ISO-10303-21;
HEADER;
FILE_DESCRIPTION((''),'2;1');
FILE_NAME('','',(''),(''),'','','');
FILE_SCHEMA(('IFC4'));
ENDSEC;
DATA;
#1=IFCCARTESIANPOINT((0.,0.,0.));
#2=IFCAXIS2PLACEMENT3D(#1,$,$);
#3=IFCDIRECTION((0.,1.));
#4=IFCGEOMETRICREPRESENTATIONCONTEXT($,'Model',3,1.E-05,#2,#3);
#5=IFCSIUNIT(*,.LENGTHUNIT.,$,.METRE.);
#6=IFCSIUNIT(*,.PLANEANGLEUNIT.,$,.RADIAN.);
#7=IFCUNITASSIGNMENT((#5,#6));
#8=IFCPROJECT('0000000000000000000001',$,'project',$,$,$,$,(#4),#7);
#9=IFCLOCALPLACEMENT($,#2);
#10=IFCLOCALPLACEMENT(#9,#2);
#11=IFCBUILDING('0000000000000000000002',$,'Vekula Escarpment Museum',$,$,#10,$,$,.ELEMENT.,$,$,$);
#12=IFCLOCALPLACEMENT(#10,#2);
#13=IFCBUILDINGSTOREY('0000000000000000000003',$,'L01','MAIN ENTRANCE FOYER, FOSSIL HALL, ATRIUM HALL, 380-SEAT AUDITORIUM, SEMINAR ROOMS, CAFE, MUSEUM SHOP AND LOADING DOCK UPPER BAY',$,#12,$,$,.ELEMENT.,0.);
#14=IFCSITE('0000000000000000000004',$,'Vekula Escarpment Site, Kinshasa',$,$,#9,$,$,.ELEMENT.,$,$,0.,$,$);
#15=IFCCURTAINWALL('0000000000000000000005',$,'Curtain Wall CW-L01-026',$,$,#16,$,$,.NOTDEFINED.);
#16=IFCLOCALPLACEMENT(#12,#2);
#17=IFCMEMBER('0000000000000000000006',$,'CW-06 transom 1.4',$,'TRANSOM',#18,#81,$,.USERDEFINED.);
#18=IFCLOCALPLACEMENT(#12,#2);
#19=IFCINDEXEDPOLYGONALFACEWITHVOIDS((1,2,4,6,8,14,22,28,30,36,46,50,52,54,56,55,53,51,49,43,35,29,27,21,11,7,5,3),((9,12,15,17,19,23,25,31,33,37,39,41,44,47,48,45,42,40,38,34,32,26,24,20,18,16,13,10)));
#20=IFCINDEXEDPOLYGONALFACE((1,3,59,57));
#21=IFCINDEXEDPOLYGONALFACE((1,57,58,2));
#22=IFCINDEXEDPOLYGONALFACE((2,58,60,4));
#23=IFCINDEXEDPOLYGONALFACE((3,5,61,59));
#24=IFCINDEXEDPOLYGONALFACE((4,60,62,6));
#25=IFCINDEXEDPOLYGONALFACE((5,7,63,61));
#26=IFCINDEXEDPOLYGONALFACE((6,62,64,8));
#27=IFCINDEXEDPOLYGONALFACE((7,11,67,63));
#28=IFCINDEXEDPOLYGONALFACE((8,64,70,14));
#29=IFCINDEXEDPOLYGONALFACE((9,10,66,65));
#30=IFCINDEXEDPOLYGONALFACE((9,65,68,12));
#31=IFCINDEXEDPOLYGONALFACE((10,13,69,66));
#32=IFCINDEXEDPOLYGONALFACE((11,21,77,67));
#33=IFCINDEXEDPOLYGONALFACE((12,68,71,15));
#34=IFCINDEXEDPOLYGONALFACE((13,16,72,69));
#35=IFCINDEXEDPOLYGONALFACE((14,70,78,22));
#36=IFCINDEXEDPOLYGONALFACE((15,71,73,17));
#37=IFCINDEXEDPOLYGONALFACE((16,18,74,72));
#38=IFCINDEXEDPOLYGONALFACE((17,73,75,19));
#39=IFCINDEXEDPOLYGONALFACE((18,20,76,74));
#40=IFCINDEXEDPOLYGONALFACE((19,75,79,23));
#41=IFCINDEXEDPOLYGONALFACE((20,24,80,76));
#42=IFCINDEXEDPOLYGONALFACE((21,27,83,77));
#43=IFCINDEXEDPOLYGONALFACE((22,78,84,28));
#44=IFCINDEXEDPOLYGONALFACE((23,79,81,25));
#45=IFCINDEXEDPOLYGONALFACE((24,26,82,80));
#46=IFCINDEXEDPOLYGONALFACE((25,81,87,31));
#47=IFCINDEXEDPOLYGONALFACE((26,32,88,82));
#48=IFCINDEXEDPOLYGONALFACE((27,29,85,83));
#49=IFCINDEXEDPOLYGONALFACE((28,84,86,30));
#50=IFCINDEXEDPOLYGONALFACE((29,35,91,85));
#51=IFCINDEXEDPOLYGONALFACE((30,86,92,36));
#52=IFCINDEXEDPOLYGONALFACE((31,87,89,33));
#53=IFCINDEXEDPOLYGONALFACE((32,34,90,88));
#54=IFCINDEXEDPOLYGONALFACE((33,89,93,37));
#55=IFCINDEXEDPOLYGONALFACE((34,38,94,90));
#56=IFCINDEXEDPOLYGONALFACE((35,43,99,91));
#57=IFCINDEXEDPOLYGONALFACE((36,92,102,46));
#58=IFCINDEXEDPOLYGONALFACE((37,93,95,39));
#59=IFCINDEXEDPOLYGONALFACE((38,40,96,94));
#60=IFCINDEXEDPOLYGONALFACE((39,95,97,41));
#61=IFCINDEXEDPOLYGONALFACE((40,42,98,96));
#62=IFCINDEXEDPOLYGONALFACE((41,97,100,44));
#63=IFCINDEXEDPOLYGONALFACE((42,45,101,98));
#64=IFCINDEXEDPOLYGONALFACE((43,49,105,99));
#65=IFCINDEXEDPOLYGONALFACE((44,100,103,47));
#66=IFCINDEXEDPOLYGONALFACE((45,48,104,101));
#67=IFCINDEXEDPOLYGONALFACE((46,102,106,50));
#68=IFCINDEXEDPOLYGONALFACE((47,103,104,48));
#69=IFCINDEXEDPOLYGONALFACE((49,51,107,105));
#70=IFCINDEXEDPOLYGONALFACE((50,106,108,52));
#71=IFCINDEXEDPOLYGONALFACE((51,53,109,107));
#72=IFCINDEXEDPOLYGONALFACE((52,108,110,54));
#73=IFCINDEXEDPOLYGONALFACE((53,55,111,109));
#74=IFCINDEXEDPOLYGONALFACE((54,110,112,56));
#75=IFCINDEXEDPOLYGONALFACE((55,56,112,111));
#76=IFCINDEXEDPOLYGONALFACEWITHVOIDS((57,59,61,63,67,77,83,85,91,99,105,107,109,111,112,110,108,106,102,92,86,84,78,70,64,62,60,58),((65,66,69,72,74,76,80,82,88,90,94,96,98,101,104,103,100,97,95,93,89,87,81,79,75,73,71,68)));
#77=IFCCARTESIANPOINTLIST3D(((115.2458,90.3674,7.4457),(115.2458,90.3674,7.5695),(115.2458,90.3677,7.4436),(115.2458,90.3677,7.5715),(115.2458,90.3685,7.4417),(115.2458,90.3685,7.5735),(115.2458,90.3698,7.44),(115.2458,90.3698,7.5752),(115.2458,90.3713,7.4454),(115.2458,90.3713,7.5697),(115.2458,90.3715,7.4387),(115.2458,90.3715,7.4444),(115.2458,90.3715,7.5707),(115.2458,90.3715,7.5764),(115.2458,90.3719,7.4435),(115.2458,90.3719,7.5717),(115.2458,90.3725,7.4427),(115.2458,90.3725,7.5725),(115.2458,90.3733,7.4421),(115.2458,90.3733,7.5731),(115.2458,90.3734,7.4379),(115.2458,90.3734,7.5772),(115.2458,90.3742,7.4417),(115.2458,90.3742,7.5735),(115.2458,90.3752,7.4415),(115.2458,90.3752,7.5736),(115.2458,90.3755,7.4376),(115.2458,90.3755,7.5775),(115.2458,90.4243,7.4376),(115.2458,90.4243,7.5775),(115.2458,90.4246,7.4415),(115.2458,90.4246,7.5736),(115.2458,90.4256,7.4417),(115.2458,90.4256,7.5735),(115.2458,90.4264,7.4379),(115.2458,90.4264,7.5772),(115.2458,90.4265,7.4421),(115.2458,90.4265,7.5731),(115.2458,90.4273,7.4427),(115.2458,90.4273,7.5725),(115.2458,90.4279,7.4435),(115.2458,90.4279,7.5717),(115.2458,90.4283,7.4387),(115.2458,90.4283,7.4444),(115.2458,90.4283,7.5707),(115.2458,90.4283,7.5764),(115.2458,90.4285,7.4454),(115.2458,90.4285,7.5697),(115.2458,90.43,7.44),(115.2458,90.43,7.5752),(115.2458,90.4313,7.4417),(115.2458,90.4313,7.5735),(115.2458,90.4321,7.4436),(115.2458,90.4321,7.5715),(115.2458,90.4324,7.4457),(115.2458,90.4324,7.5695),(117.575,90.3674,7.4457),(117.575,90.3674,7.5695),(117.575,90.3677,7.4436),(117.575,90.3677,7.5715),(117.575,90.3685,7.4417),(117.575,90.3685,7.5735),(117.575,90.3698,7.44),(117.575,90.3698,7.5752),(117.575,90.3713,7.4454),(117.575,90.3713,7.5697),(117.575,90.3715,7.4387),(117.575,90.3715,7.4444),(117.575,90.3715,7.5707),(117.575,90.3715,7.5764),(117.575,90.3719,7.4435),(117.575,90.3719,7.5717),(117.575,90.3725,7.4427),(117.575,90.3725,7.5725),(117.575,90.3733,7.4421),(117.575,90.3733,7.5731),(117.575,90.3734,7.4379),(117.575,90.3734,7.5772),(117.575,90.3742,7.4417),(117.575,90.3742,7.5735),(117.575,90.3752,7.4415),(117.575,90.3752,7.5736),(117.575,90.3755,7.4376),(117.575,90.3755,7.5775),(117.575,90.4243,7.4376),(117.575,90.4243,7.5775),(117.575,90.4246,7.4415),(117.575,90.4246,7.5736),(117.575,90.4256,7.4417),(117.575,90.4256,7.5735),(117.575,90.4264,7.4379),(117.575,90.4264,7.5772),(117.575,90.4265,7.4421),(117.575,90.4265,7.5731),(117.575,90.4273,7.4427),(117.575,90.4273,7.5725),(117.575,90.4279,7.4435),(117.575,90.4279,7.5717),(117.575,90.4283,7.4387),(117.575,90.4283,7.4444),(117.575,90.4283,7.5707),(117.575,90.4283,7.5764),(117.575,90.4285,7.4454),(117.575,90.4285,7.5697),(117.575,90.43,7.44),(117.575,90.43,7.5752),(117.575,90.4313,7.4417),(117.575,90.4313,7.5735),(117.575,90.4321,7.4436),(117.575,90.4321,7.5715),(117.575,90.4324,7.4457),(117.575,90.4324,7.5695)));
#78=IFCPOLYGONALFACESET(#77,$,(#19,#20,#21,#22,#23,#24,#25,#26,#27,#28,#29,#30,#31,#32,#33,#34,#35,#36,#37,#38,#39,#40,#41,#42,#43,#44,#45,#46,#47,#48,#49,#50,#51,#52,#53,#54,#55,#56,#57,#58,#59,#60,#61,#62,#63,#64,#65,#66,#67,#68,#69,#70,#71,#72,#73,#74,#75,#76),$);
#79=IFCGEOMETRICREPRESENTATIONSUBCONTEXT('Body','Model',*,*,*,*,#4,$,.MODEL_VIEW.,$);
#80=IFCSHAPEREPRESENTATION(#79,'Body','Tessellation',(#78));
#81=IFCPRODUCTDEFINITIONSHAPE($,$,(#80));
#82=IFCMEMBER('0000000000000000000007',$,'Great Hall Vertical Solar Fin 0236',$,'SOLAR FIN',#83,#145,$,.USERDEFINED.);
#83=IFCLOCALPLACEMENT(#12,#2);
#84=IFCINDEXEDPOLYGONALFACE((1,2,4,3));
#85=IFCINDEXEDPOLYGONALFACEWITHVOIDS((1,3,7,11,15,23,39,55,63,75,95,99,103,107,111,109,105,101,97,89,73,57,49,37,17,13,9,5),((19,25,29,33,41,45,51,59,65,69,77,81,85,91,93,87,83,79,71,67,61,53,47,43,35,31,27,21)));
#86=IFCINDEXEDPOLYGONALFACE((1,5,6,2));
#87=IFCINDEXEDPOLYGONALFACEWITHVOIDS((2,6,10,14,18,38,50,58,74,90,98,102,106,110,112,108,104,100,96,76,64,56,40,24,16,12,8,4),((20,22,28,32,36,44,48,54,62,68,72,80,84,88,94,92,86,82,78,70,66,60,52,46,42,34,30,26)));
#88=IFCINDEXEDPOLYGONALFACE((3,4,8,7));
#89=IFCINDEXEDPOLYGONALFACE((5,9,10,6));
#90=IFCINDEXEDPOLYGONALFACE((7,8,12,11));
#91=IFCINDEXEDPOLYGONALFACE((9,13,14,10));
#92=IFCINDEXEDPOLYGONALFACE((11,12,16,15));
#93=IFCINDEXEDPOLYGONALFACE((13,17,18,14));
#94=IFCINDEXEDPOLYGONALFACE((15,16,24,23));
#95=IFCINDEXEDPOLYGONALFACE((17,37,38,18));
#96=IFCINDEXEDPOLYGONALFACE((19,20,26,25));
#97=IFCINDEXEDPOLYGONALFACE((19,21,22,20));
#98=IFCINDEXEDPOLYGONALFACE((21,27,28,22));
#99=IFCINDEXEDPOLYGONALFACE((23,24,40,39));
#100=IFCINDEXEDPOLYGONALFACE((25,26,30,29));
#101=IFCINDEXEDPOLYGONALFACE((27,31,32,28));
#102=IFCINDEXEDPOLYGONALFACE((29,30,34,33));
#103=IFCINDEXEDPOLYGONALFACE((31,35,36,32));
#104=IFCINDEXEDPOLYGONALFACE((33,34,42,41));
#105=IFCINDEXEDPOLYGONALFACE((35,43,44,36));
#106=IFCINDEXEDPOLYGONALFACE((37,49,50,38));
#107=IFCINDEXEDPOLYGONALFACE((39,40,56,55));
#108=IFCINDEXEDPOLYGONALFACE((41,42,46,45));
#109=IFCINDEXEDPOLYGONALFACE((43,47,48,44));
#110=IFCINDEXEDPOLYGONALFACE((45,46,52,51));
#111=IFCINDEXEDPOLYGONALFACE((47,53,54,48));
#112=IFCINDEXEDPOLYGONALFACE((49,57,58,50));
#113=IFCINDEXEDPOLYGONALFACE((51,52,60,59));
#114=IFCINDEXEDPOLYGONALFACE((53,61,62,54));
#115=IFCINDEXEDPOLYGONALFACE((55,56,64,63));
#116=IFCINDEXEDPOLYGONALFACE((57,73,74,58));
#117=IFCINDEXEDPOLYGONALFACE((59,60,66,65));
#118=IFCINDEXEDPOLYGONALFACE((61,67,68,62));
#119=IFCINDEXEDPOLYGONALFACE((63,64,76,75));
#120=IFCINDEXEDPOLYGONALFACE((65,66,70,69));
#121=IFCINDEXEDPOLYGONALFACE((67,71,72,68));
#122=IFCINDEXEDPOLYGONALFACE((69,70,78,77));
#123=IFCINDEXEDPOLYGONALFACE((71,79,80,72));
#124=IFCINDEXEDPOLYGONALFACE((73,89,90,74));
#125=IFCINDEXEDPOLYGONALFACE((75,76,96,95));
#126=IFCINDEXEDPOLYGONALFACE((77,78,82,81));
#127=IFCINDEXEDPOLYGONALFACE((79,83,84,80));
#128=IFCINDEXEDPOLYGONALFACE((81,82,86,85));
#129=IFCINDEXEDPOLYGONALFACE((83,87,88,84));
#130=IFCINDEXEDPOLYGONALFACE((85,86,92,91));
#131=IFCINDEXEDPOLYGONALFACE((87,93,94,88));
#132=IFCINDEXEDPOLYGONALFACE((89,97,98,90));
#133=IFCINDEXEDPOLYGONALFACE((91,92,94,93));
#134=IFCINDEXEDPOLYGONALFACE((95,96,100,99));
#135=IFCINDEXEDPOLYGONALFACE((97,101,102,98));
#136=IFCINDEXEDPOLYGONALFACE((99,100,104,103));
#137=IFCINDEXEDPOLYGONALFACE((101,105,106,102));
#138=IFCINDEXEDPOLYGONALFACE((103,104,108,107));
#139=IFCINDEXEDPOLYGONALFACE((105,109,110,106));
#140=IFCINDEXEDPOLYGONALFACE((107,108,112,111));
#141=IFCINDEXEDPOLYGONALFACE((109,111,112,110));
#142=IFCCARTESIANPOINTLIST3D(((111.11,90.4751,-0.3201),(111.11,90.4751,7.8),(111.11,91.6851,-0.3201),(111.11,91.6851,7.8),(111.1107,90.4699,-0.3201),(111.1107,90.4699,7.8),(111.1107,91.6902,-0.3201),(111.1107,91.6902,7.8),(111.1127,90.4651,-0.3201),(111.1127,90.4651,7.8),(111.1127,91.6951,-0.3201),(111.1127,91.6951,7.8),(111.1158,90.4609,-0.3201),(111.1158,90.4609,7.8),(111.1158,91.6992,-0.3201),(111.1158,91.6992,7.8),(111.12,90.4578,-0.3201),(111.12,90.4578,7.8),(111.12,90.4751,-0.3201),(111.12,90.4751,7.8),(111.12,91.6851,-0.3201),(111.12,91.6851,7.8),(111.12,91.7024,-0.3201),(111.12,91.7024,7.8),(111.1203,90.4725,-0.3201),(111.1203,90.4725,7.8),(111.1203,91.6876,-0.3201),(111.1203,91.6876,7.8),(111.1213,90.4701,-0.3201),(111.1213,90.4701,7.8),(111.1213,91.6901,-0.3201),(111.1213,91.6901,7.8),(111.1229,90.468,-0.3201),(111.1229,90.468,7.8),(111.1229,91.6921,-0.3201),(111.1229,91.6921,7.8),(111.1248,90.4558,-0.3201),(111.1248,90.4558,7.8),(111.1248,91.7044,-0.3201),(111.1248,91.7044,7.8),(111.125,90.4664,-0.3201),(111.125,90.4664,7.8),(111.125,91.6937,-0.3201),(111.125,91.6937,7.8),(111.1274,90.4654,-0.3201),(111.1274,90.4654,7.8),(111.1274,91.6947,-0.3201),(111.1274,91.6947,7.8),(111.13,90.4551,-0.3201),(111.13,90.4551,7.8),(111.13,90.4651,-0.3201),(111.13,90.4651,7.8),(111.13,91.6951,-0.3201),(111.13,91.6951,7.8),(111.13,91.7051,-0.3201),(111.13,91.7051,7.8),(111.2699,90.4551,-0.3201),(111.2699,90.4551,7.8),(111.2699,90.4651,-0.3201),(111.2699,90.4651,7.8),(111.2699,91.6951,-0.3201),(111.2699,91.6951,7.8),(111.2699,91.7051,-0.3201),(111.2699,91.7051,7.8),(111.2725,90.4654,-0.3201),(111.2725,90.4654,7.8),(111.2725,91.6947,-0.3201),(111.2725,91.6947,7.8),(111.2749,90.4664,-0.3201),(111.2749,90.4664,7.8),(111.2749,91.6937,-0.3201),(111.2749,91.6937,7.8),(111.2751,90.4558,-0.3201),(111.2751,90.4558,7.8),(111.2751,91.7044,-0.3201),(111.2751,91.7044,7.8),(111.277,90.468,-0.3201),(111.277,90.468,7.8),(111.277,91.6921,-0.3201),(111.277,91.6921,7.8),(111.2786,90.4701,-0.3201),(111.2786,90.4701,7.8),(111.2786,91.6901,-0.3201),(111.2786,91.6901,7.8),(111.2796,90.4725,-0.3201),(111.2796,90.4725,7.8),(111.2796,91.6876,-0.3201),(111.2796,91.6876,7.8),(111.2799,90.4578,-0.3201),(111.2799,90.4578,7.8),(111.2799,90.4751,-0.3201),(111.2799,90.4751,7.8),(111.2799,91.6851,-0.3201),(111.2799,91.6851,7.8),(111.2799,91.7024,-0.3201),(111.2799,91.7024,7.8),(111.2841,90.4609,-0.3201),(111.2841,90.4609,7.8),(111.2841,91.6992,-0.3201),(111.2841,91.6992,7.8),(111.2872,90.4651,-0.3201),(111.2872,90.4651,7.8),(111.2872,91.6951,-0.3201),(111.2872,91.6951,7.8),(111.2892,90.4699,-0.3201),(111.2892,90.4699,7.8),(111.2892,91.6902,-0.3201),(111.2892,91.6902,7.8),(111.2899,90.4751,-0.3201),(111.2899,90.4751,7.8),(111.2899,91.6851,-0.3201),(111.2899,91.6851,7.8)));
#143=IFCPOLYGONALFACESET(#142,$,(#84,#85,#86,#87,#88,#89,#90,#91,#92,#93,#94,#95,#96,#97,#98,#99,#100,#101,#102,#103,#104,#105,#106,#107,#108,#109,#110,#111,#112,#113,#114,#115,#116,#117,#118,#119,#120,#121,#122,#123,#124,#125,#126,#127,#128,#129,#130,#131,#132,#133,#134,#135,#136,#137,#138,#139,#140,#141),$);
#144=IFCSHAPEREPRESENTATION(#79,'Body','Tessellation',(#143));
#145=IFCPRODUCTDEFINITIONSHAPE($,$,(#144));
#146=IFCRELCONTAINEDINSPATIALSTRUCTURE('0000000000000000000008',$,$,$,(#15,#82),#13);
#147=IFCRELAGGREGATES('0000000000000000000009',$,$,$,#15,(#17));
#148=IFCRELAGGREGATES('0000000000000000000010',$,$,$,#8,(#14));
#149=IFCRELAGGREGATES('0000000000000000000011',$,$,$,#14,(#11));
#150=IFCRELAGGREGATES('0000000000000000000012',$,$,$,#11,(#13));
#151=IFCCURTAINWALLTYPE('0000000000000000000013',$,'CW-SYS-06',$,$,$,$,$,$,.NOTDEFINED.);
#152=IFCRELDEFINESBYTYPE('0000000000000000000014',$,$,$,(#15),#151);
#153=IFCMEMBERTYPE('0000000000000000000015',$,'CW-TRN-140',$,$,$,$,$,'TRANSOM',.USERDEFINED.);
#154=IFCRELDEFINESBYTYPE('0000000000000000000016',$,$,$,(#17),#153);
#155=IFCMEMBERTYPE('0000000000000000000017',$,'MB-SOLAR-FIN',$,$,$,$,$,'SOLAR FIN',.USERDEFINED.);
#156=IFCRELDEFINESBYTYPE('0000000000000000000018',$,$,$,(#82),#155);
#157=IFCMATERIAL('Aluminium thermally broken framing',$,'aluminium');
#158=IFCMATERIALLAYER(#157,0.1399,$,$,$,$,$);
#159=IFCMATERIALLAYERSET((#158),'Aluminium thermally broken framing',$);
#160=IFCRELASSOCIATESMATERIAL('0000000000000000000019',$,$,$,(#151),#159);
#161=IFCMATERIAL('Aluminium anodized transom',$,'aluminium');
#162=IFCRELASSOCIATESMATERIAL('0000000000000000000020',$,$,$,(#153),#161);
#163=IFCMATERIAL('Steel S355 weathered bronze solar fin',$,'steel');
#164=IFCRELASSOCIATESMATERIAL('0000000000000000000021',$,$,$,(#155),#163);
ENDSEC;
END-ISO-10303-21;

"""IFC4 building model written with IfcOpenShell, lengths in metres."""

from ifc_helpers import new_model, si_unit, direction, frame, origin, origin_2d, place, context, subcontext, project, spatial, hollow_rectangle, extrude, material, layer, layer_set, material_profile, profile_set, type_object, element, aggregate, save


model = new_model("IFC4")

# Units and contexts
model_context = context("Model", 3, precision=1e-05, world=origin(), true_north=direction((0.0, 1.0)))
body_context = subcontext(model_context, "Body", "Model", "MODEL_VIEW")
ifc_project = project(units=[si_unit("LENGTHUNIT", "METRE"), si_unit("PLANEANGLEUNIT", "RADIAN")], contexts=[model_context])

# Site, building, storey
site_placement = place(None, origin())
site = spatial("IfcSite", under=ifc_project, at=site_placement, Name="Vekula Escarpment Site, Kinshasa", CompositionType="ELEMENT", RefElevation=0.0)
building_placement = place(site_placement, origin())
building = spatial("IfcBuilding", under=site, at=building_placement, Name="Vekula Escarpment Museum", CompositionType="ELEMENT")
storey_placement = place(building_placement, origin())
storey = spatial("IfcBuildingStorey", under=building, at=storey_placement, Name="L01", Description="MAIN ENTRANCE FOYER, FOSSIL HALL, ATRIUM HALL, 380-SEAT AUDITORIUM, SEMINAR ROOMS, CAFE, MUSEUM SHOP AND LOADING DOCK UPPER BAY", CompositionType="ELEMENT", Elevation=0.0)

# Curtain wall
ifc_material_1 = material(Name="Aluminium thermally broken framing", Category="aluminium")
ifc_layer_1 = layer(ifc_material_1, 0.1399)
ifc_layer_set_1 = layer_set([ifc_layer_1], Name="Aluminium thermally broken framing")
curtain_wall_type_1 = type_object("IfcCurtainWallType", Name="CW-SYS-06", PredefinedType="NOTDEFINED", material=ifc_layer_set_1)
curtain_wall_1_placement = place(storey_placement, origin())
curtain_wall_1 = element("IfcCurtainWall", 1, at=curtain_wall_1_placement, inside=storey, type_object=curtain_wall_type_1, Name="Curtain Wall CW-L01-026", PredefinedType="NOTDEFINED")

# Member
ifc_material_2 = material(Name="Aluminium anodized transom", Category="aluminium")
ifc_material_profile_1 = material_profile(ifc_material_2, hollow_rectangle(XDim=0.0649, YDim=0.1399, WallThickness=0.0039, InnerFilletRadius=0.0039, OuterFilletRadius=0.0081, at=origin_2d()), Name="ALU 140x65x4")
ifc_profile_set_1 = profile_set([ifc_material_profile_1], Name="Aluminium anodized transom")
member_type_1 = type_object("IfcMemberType", Name="CW-TRN-140", ElementType="TRANSOM", PredefinedType="USERDEFINED", material=ifc_profile_set_1)
member_1_placement = place(storey_placement, frame((117.575, 90.3999, 7.5076), z_axis=(-1.0, 0.0, 0.0), x_axis=(0.0, -1.0, 0.0)))
member_1 = element("IfcMember", 2, at=member_1_placement, type_object=member_type_1, Name="CW-06 transom 1.4", ObjectType="TRANSOM", PredefinedType="USERDEFINED", context=body_context, shape_type="SweptSolid", body=[
    extrude(hollow_rectangle(XDim=0.0649, YDim=0.1399, WallThickness=0.0039, InnerFilletRadius=0.0039, OuterFilletRadius=0.0081, at=origin_2d()), origin(), (0.0, 0.0, 1.0), 2.3291),
])

# Member
ifc_material_3 = material(Name="Steel S355 weathered bronze solar fin", Category="steel")
ifc_material_profile_2 = material_profile(ifc_material_3, hollow_rectangle(XDim=0.1799, YDim=1.25, WallThickness=0.01, InnerFilletRadius=0.01, OuterFilletRadius=0.02, at=origin_2d()), Name="RHS 1250x180x10")
ifc_profile_set_2 = profile_set([ifc_material_profile_2], Name="Steel S355 weathered bronze solar fin")
member_type_2 = type_object("IfcMemberType", Name="MB-SOLAR-FIN", ElementType="SOLAR FIN", PredefinedType="USERDEFINED", material=ifc_profile_set_2)
for number, where, z_axis, x_axis, name in (
    (3, (111.2, 91.0801, -0.3201), (0.0, 0.0, 1.0), (1.0, 0.0, 0.0), "Great Hall Vertical Solar Fin 0236"),
):
    element("IfcMember", number, at=place(storey_placement, frame(where, z_axis=z_axis, x_axis=x_axis)), inside=storey, type_object=member_type_2, Name=name, ObjectType="SOLAR FIN", PredefinedType="USERDEFINED", context=body_context, shape_type="SweptSolid", body=[
        extrude(hollow_rectangle(XDim=0.1799, YDim=1.25, WallThickness=0.01, InnerFilletRadius=0.01, OuterFilletRadius=0.02, at=origin_2d()), origin(), (0.0, 0.0, 1.0), 8.1201),
    ])

aggregate(curtain_wall_1, [member_1])

save(model, "model.ifc")
